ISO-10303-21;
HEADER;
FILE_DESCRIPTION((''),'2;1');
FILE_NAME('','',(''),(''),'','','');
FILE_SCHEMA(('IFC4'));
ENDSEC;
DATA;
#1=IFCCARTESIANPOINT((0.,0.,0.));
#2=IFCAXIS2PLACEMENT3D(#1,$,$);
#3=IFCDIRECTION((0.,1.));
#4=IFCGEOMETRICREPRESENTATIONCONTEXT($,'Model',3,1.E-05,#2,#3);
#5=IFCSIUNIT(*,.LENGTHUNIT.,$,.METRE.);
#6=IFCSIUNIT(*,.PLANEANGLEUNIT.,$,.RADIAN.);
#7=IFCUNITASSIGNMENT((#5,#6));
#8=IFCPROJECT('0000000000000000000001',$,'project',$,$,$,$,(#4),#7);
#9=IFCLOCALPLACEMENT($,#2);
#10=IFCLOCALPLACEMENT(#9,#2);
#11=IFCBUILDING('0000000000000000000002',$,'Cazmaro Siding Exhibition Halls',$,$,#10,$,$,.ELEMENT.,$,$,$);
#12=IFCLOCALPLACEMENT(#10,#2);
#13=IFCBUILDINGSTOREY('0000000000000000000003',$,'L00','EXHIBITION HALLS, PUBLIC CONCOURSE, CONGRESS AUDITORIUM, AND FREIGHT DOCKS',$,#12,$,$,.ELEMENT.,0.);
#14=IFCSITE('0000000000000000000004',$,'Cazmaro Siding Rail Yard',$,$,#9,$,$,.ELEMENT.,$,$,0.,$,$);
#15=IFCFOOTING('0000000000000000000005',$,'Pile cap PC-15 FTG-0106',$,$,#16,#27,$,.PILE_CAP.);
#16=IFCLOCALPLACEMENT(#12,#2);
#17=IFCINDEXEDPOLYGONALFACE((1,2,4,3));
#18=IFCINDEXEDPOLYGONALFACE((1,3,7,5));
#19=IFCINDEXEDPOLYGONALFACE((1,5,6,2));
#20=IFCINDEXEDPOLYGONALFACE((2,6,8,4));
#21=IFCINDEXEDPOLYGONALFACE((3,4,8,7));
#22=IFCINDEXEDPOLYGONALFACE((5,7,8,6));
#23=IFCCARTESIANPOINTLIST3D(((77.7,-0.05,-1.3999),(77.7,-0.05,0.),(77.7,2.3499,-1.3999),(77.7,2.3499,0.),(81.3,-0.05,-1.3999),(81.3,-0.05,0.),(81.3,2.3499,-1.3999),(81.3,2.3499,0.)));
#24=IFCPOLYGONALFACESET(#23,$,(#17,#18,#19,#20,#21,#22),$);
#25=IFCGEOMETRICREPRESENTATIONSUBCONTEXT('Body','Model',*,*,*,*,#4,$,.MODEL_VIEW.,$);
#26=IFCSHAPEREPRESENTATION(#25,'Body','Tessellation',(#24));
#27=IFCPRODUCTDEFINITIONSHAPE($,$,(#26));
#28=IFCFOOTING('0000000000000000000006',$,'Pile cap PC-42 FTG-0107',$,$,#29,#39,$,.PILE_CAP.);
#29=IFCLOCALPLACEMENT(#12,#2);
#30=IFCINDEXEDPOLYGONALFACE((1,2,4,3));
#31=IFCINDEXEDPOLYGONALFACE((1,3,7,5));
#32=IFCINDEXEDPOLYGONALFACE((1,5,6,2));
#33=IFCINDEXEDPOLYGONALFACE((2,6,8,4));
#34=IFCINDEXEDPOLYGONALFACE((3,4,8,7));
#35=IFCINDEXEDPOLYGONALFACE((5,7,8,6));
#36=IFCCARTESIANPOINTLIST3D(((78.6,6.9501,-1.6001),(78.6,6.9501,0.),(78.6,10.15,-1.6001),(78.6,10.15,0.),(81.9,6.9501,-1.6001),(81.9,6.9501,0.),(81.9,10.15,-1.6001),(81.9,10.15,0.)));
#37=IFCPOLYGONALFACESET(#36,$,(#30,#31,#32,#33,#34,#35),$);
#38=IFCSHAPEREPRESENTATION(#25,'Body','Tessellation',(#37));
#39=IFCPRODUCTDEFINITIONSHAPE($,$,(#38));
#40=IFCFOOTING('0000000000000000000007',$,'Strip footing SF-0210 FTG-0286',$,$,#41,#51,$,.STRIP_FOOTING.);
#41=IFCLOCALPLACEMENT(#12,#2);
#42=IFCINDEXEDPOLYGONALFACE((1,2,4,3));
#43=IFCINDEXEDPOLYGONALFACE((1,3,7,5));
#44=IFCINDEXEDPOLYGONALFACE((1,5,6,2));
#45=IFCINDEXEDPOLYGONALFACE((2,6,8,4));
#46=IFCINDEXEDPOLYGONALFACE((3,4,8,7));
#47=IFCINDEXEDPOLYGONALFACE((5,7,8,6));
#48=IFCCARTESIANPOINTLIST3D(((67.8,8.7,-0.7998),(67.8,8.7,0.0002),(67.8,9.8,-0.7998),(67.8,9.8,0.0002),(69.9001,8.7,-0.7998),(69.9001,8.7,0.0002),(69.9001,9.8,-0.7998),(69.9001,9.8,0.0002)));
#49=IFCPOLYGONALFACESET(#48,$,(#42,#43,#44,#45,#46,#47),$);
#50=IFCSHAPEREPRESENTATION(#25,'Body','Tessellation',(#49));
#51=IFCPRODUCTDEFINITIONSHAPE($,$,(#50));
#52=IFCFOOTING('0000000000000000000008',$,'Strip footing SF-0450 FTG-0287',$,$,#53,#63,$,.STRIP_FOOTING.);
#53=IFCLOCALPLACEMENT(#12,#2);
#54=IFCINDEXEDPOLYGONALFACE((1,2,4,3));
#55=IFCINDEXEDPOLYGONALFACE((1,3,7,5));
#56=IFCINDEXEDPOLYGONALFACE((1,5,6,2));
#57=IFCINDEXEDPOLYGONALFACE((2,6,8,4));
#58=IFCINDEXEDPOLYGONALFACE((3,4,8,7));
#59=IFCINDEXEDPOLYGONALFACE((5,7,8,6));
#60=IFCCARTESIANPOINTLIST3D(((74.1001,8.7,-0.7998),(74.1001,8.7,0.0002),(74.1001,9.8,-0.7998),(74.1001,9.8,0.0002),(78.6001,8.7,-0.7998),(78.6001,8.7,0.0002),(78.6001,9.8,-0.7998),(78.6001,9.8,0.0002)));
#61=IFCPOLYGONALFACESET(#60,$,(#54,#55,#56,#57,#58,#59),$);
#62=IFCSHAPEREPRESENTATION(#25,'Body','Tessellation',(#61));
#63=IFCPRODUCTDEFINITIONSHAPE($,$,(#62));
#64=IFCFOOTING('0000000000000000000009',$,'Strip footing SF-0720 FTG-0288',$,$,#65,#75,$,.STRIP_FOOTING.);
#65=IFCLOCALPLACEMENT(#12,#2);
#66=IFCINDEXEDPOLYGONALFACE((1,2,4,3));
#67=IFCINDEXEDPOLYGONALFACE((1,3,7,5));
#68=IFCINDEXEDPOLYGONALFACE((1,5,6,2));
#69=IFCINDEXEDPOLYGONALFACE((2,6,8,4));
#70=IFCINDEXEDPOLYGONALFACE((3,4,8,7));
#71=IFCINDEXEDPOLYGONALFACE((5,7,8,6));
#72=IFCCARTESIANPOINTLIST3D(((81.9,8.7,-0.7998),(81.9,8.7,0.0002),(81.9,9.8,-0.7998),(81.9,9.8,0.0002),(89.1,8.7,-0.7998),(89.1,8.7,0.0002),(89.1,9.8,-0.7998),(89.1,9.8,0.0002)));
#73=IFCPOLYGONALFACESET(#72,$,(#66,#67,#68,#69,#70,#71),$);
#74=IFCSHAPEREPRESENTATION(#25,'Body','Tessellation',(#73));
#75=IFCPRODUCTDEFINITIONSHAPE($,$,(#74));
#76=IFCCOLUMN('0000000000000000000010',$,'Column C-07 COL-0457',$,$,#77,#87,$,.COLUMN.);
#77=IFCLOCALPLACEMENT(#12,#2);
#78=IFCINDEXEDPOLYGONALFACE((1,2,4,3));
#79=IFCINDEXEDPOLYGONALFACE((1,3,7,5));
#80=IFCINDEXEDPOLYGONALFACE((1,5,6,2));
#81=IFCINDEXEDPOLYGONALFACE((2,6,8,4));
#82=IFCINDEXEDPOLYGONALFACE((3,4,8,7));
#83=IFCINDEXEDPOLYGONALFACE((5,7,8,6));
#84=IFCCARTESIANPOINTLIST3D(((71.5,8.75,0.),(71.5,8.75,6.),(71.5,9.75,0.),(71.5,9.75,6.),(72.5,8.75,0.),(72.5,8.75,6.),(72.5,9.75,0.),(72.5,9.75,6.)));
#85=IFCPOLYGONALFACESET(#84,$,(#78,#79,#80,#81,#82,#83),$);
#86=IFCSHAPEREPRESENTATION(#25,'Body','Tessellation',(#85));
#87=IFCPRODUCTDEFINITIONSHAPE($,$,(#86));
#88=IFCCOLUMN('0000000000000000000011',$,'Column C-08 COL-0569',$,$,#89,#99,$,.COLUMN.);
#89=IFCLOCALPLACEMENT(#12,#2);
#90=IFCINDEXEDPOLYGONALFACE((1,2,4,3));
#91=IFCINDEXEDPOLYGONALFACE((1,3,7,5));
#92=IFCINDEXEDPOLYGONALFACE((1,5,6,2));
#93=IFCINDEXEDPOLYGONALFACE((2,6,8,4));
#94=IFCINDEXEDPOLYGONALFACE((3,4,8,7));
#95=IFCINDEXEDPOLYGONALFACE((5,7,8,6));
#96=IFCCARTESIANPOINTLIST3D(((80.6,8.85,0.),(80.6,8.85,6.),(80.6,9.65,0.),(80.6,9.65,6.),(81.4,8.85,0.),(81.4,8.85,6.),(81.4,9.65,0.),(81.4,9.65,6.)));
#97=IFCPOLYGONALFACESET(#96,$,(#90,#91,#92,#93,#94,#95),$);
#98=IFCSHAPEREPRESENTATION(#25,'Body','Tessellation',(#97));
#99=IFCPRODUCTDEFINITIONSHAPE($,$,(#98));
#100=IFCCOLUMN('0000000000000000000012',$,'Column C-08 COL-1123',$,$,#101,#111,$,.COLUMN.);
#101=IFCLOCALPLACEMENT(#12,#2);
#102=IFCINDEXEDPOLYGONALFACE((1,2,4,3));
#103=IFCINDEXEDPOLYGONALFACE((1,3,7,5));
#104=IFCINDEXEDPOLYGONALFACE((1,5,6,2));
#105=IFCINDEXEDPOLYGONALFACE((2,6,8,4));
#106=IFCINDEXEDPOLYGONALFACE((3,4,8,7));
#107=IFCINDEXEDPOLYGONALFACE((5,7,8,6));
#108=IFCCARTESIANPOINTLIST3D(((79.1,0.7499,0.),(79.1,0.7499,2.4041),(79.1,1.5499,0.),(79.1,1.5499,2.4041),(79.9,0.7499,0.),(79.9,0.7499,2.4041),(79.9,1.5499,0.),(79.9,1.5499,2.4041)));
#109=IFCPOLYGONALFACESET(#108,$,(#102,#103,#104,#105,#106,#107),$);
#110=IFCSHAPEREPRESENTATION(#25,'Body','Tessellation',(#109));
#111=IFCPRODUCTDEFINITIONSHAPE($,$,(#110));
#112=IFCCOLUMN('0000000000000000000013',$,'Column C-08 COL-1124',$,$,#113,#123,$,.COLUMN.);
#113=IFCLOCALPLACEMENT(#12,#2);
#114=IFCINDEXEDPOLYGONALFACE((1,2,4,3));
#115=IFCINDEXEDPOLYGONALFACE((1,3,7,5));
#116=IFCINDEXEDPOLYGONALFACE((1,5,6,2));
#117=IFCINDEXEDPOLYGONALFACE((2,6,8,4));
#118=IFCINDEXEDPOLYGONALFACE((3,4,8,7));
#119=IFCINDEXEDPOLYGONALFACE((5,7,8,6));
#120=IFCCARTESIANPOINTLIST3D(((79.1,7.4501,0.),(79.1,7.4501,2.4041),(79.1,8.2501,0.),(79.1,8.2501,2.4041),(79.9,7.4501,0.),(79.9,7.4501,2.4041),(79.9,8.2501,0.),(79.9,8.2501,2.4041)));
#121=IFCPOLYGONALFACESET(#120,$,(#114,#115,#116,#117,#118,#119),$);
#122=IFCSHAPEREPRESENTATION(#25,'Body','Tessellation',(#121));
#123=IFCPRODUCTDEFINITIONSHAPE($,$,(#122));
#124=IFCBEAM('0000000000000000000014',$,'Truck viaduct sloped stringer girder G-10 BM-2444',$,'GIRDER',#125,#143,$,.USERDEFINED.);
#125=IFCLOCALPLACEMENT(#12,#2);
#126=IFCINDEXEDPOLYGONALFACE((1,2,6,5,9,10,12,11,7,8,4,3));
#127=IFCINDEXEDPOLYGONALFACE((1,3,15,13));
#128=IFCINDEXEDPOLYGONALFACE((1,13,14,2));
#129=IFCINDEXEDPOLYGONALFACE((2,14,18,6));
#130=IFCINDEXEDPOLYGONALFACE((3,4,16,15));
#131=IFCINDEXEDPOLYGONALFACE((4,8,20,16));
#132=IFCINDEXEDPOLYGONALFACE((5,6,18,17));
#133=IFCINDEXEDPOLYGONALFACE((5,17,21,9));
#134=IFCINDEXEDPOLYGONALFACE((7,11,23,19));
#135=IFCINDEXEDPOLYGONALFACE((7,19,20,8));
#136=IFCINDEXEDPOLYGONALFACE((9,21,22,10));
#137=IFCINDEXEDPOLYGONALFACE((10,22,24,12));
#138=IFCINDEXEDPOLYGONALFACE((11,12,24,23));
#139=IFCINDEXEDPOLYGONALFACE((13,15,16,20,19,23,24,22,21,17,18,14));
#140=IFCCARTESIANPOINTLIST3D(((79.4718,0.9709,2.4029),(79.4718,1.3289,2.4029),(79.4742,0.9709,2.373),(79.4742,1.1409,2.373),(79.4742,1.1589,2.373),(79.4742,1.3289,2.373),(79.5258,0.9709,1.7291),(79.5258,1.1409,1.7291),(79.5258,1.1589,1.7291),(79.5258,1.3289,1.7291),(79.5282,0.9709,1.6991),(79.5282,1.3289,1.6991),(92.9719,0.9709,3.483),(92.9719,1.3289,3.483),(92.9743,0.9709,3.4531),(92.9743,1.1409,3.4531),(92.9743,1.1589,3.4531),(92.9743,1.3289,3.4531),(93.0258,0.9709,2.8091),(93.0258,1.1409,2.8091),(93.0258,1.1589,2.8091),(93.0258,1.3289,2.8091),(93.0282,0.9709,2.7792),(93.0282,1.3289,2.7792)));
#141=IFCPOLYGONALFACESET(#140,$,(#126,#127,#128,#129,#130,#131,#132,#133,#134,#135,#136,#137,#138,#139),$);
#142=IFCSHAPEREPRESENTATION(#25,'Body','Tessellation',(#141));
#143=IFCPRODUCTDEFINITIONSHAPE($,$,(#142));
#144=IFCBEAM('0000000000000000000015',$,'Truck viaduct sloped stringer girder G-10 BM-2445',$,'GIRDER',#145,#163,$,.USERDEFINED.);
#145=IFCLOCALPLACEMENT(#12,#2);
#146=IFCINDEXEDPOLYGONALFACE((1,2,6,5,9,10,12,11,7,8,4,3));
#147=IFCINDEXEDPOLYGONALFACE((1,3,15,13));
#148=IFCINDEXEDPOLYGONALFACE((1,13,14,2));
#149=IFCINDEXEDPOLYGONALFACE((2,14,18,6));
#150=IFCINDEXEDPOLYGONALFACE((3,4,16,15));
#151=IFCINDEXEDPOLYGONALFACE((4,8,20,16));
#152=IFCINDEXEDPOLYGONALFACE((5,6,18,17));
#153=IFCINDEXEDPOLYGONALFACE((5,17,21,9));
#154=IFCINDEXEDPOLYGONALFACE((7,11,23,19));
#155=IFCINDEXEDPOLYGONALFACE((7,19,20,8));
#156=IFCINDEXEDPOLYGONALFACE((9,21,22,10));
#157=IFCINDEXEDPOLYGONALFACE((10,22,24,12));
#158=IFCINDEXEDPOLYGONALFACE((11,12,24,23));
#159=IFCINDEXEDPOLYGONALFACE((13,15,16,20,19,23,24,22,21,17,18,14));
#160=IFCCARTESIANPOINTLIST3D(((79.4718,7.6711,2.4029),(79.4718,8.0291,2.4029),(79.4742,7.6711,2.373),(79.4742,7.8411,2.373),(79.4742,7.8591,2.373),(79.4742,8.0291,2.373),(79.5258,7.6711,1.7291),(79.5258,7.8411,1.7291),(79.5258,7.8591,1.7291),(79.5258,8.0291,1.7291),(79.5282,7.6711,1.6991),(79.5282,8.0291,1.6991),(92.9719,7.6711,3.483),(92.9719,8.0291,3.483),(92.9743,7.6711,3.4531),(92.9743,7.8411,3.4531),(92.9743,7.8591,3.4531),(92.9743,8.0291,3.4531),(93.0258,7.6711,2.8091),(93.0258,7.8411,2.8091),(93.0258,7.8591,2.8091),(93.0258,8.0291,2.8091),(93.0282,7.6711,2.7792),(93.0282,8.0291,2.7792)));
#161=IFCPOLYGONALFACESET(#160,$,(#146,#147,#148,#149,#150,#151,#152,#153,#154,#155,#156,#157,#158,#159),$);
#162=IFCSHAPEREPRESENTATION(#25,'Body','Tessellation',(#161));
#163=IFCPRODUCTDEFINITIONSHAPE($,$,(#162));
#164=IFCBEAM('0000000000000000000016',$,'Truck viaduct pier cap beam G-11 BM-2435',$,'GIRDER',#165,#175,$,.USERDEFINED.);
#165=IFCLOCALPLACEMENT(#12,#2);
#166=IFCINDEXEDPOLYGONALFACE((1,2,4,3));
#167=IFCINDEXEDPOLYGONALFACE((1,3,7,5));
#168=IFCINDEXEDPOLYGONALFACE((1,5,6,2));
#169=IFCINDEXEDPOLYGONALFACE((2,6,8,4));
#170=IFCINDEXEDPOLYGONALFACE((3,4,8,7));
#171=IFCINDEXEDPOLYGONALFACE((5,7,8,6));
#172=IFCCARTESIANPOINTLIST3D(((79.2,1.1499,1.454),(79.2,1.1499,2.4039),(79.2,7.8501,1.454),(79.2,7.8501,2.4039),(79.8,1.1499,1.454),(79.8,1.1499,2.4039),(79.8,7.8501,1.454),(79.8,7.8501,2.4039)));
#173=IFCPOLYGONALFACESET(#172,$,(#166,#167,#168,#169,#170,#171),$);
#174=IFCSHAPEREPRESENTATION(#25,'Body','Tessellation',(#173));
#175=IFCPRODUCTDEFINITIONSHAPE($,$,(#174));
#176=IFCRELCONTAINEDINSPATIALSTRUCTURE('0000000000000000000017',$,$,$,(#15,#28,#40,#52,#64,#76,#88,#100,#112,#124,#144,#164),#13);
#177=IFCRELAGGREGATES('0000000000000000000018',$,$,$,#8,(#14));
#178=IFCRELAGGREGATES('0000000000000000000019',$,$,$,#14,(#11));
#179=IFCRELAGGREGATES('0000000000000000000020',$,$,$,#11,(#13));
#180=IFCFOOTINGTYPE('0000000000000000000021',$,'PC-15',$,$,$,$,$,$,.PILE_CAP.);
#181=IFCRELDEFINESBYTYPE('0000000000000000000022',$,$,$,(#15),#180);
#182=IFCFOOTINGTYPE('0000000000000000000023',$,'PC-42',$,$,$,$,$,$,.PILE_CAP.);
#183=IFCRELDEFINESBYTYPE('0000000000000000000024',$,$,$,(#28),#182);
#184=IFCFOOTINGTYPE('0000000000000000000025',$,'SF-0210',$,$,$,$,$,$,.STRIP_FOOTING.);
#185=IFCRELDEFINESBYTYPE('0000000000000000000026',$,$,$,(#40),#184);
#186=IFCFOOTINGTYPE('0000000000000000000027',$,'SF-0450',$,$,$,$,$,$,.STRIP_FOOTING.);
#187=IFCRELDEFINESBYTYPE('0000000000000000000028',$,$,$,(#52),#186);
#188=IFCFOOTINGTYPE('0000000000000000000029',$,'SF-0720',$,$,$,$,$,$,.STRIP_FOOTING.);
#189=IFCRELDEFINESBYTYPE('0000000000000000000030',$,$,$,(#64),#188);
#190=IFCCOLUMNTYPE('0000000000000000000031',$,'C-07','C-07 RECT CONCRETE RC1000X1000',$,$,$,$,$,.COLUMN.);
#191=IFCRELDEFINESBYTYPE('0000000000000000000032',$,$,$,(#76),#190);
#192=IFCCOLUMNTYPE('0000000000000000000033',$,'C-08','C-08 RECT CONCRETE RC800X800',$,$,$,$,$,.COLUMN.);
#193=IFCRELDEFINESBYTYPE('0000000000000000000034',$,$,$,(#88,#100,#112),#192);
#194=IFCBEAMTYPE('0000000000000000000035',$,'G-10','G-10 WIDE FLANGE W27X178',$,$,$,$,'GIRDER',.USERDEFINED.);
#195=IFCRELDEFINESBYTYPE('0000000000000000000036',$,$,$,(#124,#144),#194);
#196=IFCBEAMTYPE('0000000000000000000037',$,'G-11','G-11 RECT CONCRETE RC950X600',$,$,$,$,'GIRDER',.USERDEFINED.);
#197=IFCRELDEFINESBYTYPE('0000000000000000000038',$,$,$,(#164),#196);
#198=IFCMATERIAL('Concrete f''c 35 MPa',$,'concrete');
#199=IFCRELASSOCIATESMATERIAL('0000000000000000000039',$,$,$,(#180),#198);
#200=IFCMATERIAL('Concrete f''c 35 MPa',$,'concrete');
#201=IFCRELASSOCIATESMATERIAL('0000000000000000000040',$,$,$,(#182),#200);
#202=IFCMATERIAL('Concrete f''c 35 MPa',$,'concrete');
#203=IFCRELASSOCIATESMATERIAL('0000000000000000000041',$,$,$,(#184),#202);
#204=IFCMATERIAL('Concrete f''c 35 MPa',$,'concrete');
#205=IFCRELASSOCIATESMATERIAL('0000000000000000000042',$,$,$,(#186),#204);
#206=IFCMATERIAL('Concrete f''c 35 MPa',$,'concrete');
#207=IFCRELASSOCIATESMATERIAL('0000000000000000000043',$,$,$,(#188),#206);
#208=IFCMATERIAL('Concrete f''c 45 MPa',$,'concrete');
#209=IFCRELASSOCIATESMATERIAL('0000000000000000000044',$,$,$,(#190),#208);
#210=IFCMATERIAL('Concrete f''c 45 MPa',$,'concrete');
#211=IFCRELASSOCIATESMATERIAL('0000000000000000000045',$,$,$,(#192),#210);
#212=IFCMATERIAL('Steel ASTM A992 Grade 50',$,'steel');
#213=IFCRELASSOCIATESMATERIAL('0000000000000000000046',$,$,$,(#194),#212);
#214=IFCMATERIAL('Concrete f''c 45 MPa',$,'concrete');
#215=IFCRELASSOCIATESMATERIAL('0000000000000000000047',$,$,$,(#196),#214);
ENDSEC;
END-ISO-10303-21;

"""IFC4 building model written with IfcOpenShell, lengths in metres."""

from ifc_helpers import new_model, si_unit, direction, frame, origin, origin_2d, place, context, subcontext, project, spatial, rectangle, i_section, extrude, material, material_profile, profile_set, type_object, element, save


model = new_model("IFC4")

# Units and contexts
model_context = context("Model", 3, precision=1e-05, world=origin(), true_north=direction((0.0, 1.0)))
body_context = subcontext(model_context, "Body", "Model", "MODEL_VIEW")
ifc_project = project(units=[si_unit("LENGTHUNIT", "METRE"), si_unit("PLANEANGLEUNIT", "RADIAN")], contexts=[model_context])

# Site, building, storey
site_placement = place(None, origin())
site = spatial("IfcSite", under=ifc_project, at=site_placement, Name="Cazmaro Siding Rail Yard", CompositionType="ELEMENT", RefElevation=0.0)
building_placement = place(site_placement, origin())
building = spatial("IfcBuilding", under=site, at=building_placement, Name="Cazmaro Siding Exhibition Halls", CompositionType="ELEMENT")
storey_placement = place(building_placement, origin())
storey = spatial("IfcBuildingStorey", under=building, at=storey_placement, Name="L00", Description="EXHIBITION HALLS, PUBLIC CONCOURSE, CONGRESS AUDITORIUM, AND FREIGHT DOCKS", CompositionType="ELEMENT", Elevation=0.0)

# Footings
ifc_material_1 = material(Name="Concrete f'c 35 MPa", Category="concrete")
footing_type_1 = type_object("IfcFootingType", Name="PC-15", PredefinedType="PILE_CAP", material=ifc_material_1)
footing_1_placement = place(storey_placement, frame((79.5, 1.1499, -1.3999), z_axis=(0.0, 0.0, 1.0), x_axis=(1.0, 0.0, 0.0)))
element("IfcFooting", 1, at=footing_1_placement, inside=storey, type_object=footing_type_1, Name="Pile cap PC-15 FTG-0106", PredefinedType="PILE_CAP", context=body_context, shape_type="SweptSolid", body=[
    extrude(rectangle(XDim=3.6001, YDim=2.3999, at=origin_2d()), origin(), (0.0, 0.0, 1.0), 1.3999),
])
ifc_material_2 = material(Name="Concrete f'c 35 MPa", Category="concrete")
footing_type_2 = type_object("IfcFootingType", Name="PC-42", PredefinedType="PILE_CAP", material=ifc_material_2)
footing_2_placement = place(storey_placement, frame((80.25, 8.55, -1.6001), z_axis=(0.0, 0.0, 1.0), x_axis=(1.0, 0.0, 0.0)))
element("IfcFooting", 2, at=footing_2_placement, inside=storey, type_object=footing_type_2, Name="Pile cap PC-42 FTG-0107", PredefinedType="PILE_CAP", context=body_context, shape_type="SweptSolid", body=[
    extrude(rectangle(XDim=3.3, YDim=3.2, at=origin_2d()), origin(), (0.0, 0.0, 1.0), 1.6001),
])
ifc_material_3 = material(Name="Concrete f'c 35 MPa", Category="concrete")
footing_type_3 = type_object("IfcFootingType", Name="SF-0210", PredefinedType="STRIP_FOOTING", material=ifc_material_3)
footing_3_placement = place(storey_placement, frame((68.8501, 9.25, -0.7998), z_axis=(0.0, 0.0, 1.0), x_axis=(1.0, 0.0, 0.0)))
element("IfcFooting", 3, at=footing_3_placement, inside=storey, type_object=footing_type_3, Name="Strip footing SF-0210 FTG-0286", PredefinedType="STRIP_FOOTING", context=body_context, shape_type="SweptSolid", body=[
    extrude(rectangle(XDim=2.1001, YDim=1.1001, at=origin_2d()), origin(), (0.0, 0.0, 1.0), 0.8),
])
ifc_material_4 = material(Name="Concrete f'c 35 MPa", Category="concrete")
footing_type_4 = type_object("IfcFootingType", Name="SF-0450", PredefinedType="STRIP_FOOTING", material=ifc_material_4)
footing_4_placement = place(storey_placement, frame((76.3501, 9.25, -0.7998), z_axis=(0.0, 0.0, 1.0), x_axis=(1.0, 0.0, 0.0)))
element("IfcFooting", 4, at=footing_4_placement, inside=storey, type_object=footing_type_4, Name="Strip footing SF-0450 FTG-0287", PredefinedType="STRIP_FOOTING", context=body_context, shape_type="SweptSolid", body=[
    extrude(rectangle(XDim=4.5, YDim=1.1001, at=origin_2d()), origin(), (0.0, 0.0, 1.0), 0.8),
])
ifc_material_5 = material(Name="Concrete f'c 35 MPa", Category="concrete")
footing_type_5 = type_object("IfcFootingType", Name="SF-0720", PredefinedType="STRIP_FOOTING", material=ifc_material_5)
footing_5_placement = place(storey_placement, frame((85.5, 9.25, -0.7998), z_axis=(0.0, 0.0, 1.0), x_axis=(1.0, 0.0, 0.0)))
element("IfcFooting", 5, at=footing_5_placement, inside=storey, type_object=footing_type_5, Name="Strip footing SF-0720 FTG-0288", PredefinedType="STRIP_FOOTING", context=body_context, shape_type="SweptSolid", body=[
    extrude(rectangle(XDim=7.2, YDim=1.1001, at=origin_2d()), origin(), (0.0, 0.0, 1.0), 0.8),
])

# Columns
ifc_material_6 = material(Name="Concrete f'c 45 MPa", Category="concrete")
ifc_material_profile_1 = material_profile(ifc_material_6, rectangle(XDim=1.0, YDim=1.0, at=origin_2d()), Name="RC1000X1000")
ifc_profile_set_1 = profile_set([ifc_material_profile_1], Name="Concrete f'c 45 MPa")
column_type_1 = type_object("IfcColumnType", Name="C-07", Description="C-07 RECT CONCRETE RC1000X1000", PredefinedType="COLUMN", material=ifc_profile_set_1)
column_1_placement = place(storey_placement, frame((72.0, 9.25, 0.0), z_axis=(0.0, 0.0, 1.0), x_axis=(1.0, 0.0, 0.0)))
element("IfcColumn", 6, at=column_1_placement, inside=storey, type_object=column_type_1, Name="Column C-07 COL-0457", PredefinedType="COLUMN", context=body_context, shape_type="SweptSolid", body=[
    extrude(rectangle(XDim=1.0, YDim=1.0, at=origin_2d()), origin(), (0.0, 0.0, 1.0), 6.0),
])
ifc_material_7 = material(Name="Concrete f'c 45 MPa", Category="concrete")
ifc_material_profile_2 = material_profile(ifc_material_7, rectangle(XDim=0.8, YDim=0.8, at=origin_2d()), Name="RC800X800")
ifc_profile_set_2 = profile_set([ifc_material_profile_2], Name="Concrete f'c 45 MPa")
column_type_2 = type_object("IfcColumnType", Name="C-08", Description="C-08 RECT CONCRETE RC800X800", PredefinedType="COLUMN", material=ifc_profile_set_2)
column_2_placement = place(storey_placement, frame((81.0, 9.25, 0.0), z_axis=(0.0, 0.0, 1.0), x_axis=(1.0, 0.0, 0.0)))
element("IfcColumn", 7, at=column_2_placement, inside=storey, type_object=column_type_2, Name="Column C-08 COL-0569", PredefinedType="COLUMN", context=body_context, shape_type="SweptSolid", body=[
    extrude(rectangle(XDim=0.8, YDim=0.8, at=origin_2d()), origin(), (0.0, 0.0, 1.0), 6.0),
])
for number, where, z_axis, x_axis, name in (
    (8, (79.5, 1.1499, 0.0), (0.0, 0.0, 1.0), (1.0, 0.0, 0.0), "Column C-08 COL-1123"),
    (9, (79.5, 7.8501, 0.0), (0.0, 0.0, 1.0), (1.0, 0.0, 0.0), "Column C-08 COL-1124"),
):
    element("IfcColumn", number, at=place(storey_placement, frame(where, z_axis=z_axis, x_axis=x_axis)), inside=storey, type_object=column_type_2, Name=name, PredefinedType="COLUMN", context=body_context, shape_type="SweptSolid", body=[
        extrude(rectangle(XDim=0.8, YDim=0.8, at=origin_2d()), origin(), (0.0, 0.0, 1.0), 2.4041),
    ])

# Beams
ifc_material_8 = material(Name="Steel ASTM A992 Grade 50", Category="steel")
ifc_material_profile_3 = material_profile(ifc_material_8, i_section(OverallWidth=0.3579, OverallDepth=0.7061, WebThickness=0.0181, FlangeThickness=0.03, at=origin_2d()), Name="W27X178")
ifc_profile_set_3 = profile_set([ifc_material_profile_3], Name="Steel ASTM A992 Grade 50")
beam_type_1 = type_object("IfcBeamType", Name="G-10", Description="G-10 WIDE FLANGE W27X178", ElementType="GIRDER", PredefinedType="USERDEFINED", material=ifc_profile_set_3)
for number, where, z_axis, x_axis, name in (
    (10, (79.5, 1.1499, 2.051), (0.996815, 0.0, 0.079751), (0.0, 1.0, 0.0), "Truck viaduct sloped stringer girder G-10 BM-2444"),
    (11, (79.5, 7.8501, 2.051), (0.996815, 0.0, 0.079751), (0.0, 1.0, 0.0), "Truck viaduct sloped stringer girder G-10 BM-2445"),
):
    element("IfcBeam", number, at=place(storey_placement, frame(where, z_axis=z_axis, x_axis=x_axis)), inside=storey, type_object=beam_type_1, Name=name, ObjectType="GIRDER", PredefinedType="USERDEFINED", context=body_context, shape_type="SweptSolid", body=[
        extrude(i_section(OverallWidth=0.3579, OverallDepth=0.7061, WebThickness=0.0181, FlangeThickness=0.03, at=origin_2d()), origin(), (0.0, 0.0, 1.0), 13.5432),
    ])
ifc_material_9 = material(Name="Concrete f'c 45 MPa", Category="concrete")
ifc_material_profile_4 = material_profile(ifc_material_9, rectangle(XDim=0.6001, YDim=0.95, at=origin_2d()), Name="RC950X600")
ifc_profile_set_4 = profile_set([ifc_material_profile_4], Name="Concrete f'c 45 MPa")
beam_type_2 = type_object("IfcBeamType", Name="G-11", Description="G-11 RECT CONCRETE RC950X600", ElementType="GIRDER", PredefinedType="USERDEFINED", material=ifc_profile_set_4)
beam_placement = place(storey_placement, frame((79.5, 1.1499, 1.929), z_axis=(0.0, 1.0, 0.0), x_axis=(-1.0, 0.0, 0.0)))
element("IfcBeam", 12, at=beam_placement, inside=storey, type_object=beam_type_2, Name="Truck viaduct pier cap beam G-11 BM-2435", ObjectType="GIRDER", PredefinedType="USERDEFINED", context=body_context, shape_type="SweptSolid", body=[
    extrude(rectangle(XDim=0.6001, YDim=0.95, at=origin_2d()), origin(), (0.0, 0.0, 1.0), 6.7002),
])

save(model, "model.ifc")
